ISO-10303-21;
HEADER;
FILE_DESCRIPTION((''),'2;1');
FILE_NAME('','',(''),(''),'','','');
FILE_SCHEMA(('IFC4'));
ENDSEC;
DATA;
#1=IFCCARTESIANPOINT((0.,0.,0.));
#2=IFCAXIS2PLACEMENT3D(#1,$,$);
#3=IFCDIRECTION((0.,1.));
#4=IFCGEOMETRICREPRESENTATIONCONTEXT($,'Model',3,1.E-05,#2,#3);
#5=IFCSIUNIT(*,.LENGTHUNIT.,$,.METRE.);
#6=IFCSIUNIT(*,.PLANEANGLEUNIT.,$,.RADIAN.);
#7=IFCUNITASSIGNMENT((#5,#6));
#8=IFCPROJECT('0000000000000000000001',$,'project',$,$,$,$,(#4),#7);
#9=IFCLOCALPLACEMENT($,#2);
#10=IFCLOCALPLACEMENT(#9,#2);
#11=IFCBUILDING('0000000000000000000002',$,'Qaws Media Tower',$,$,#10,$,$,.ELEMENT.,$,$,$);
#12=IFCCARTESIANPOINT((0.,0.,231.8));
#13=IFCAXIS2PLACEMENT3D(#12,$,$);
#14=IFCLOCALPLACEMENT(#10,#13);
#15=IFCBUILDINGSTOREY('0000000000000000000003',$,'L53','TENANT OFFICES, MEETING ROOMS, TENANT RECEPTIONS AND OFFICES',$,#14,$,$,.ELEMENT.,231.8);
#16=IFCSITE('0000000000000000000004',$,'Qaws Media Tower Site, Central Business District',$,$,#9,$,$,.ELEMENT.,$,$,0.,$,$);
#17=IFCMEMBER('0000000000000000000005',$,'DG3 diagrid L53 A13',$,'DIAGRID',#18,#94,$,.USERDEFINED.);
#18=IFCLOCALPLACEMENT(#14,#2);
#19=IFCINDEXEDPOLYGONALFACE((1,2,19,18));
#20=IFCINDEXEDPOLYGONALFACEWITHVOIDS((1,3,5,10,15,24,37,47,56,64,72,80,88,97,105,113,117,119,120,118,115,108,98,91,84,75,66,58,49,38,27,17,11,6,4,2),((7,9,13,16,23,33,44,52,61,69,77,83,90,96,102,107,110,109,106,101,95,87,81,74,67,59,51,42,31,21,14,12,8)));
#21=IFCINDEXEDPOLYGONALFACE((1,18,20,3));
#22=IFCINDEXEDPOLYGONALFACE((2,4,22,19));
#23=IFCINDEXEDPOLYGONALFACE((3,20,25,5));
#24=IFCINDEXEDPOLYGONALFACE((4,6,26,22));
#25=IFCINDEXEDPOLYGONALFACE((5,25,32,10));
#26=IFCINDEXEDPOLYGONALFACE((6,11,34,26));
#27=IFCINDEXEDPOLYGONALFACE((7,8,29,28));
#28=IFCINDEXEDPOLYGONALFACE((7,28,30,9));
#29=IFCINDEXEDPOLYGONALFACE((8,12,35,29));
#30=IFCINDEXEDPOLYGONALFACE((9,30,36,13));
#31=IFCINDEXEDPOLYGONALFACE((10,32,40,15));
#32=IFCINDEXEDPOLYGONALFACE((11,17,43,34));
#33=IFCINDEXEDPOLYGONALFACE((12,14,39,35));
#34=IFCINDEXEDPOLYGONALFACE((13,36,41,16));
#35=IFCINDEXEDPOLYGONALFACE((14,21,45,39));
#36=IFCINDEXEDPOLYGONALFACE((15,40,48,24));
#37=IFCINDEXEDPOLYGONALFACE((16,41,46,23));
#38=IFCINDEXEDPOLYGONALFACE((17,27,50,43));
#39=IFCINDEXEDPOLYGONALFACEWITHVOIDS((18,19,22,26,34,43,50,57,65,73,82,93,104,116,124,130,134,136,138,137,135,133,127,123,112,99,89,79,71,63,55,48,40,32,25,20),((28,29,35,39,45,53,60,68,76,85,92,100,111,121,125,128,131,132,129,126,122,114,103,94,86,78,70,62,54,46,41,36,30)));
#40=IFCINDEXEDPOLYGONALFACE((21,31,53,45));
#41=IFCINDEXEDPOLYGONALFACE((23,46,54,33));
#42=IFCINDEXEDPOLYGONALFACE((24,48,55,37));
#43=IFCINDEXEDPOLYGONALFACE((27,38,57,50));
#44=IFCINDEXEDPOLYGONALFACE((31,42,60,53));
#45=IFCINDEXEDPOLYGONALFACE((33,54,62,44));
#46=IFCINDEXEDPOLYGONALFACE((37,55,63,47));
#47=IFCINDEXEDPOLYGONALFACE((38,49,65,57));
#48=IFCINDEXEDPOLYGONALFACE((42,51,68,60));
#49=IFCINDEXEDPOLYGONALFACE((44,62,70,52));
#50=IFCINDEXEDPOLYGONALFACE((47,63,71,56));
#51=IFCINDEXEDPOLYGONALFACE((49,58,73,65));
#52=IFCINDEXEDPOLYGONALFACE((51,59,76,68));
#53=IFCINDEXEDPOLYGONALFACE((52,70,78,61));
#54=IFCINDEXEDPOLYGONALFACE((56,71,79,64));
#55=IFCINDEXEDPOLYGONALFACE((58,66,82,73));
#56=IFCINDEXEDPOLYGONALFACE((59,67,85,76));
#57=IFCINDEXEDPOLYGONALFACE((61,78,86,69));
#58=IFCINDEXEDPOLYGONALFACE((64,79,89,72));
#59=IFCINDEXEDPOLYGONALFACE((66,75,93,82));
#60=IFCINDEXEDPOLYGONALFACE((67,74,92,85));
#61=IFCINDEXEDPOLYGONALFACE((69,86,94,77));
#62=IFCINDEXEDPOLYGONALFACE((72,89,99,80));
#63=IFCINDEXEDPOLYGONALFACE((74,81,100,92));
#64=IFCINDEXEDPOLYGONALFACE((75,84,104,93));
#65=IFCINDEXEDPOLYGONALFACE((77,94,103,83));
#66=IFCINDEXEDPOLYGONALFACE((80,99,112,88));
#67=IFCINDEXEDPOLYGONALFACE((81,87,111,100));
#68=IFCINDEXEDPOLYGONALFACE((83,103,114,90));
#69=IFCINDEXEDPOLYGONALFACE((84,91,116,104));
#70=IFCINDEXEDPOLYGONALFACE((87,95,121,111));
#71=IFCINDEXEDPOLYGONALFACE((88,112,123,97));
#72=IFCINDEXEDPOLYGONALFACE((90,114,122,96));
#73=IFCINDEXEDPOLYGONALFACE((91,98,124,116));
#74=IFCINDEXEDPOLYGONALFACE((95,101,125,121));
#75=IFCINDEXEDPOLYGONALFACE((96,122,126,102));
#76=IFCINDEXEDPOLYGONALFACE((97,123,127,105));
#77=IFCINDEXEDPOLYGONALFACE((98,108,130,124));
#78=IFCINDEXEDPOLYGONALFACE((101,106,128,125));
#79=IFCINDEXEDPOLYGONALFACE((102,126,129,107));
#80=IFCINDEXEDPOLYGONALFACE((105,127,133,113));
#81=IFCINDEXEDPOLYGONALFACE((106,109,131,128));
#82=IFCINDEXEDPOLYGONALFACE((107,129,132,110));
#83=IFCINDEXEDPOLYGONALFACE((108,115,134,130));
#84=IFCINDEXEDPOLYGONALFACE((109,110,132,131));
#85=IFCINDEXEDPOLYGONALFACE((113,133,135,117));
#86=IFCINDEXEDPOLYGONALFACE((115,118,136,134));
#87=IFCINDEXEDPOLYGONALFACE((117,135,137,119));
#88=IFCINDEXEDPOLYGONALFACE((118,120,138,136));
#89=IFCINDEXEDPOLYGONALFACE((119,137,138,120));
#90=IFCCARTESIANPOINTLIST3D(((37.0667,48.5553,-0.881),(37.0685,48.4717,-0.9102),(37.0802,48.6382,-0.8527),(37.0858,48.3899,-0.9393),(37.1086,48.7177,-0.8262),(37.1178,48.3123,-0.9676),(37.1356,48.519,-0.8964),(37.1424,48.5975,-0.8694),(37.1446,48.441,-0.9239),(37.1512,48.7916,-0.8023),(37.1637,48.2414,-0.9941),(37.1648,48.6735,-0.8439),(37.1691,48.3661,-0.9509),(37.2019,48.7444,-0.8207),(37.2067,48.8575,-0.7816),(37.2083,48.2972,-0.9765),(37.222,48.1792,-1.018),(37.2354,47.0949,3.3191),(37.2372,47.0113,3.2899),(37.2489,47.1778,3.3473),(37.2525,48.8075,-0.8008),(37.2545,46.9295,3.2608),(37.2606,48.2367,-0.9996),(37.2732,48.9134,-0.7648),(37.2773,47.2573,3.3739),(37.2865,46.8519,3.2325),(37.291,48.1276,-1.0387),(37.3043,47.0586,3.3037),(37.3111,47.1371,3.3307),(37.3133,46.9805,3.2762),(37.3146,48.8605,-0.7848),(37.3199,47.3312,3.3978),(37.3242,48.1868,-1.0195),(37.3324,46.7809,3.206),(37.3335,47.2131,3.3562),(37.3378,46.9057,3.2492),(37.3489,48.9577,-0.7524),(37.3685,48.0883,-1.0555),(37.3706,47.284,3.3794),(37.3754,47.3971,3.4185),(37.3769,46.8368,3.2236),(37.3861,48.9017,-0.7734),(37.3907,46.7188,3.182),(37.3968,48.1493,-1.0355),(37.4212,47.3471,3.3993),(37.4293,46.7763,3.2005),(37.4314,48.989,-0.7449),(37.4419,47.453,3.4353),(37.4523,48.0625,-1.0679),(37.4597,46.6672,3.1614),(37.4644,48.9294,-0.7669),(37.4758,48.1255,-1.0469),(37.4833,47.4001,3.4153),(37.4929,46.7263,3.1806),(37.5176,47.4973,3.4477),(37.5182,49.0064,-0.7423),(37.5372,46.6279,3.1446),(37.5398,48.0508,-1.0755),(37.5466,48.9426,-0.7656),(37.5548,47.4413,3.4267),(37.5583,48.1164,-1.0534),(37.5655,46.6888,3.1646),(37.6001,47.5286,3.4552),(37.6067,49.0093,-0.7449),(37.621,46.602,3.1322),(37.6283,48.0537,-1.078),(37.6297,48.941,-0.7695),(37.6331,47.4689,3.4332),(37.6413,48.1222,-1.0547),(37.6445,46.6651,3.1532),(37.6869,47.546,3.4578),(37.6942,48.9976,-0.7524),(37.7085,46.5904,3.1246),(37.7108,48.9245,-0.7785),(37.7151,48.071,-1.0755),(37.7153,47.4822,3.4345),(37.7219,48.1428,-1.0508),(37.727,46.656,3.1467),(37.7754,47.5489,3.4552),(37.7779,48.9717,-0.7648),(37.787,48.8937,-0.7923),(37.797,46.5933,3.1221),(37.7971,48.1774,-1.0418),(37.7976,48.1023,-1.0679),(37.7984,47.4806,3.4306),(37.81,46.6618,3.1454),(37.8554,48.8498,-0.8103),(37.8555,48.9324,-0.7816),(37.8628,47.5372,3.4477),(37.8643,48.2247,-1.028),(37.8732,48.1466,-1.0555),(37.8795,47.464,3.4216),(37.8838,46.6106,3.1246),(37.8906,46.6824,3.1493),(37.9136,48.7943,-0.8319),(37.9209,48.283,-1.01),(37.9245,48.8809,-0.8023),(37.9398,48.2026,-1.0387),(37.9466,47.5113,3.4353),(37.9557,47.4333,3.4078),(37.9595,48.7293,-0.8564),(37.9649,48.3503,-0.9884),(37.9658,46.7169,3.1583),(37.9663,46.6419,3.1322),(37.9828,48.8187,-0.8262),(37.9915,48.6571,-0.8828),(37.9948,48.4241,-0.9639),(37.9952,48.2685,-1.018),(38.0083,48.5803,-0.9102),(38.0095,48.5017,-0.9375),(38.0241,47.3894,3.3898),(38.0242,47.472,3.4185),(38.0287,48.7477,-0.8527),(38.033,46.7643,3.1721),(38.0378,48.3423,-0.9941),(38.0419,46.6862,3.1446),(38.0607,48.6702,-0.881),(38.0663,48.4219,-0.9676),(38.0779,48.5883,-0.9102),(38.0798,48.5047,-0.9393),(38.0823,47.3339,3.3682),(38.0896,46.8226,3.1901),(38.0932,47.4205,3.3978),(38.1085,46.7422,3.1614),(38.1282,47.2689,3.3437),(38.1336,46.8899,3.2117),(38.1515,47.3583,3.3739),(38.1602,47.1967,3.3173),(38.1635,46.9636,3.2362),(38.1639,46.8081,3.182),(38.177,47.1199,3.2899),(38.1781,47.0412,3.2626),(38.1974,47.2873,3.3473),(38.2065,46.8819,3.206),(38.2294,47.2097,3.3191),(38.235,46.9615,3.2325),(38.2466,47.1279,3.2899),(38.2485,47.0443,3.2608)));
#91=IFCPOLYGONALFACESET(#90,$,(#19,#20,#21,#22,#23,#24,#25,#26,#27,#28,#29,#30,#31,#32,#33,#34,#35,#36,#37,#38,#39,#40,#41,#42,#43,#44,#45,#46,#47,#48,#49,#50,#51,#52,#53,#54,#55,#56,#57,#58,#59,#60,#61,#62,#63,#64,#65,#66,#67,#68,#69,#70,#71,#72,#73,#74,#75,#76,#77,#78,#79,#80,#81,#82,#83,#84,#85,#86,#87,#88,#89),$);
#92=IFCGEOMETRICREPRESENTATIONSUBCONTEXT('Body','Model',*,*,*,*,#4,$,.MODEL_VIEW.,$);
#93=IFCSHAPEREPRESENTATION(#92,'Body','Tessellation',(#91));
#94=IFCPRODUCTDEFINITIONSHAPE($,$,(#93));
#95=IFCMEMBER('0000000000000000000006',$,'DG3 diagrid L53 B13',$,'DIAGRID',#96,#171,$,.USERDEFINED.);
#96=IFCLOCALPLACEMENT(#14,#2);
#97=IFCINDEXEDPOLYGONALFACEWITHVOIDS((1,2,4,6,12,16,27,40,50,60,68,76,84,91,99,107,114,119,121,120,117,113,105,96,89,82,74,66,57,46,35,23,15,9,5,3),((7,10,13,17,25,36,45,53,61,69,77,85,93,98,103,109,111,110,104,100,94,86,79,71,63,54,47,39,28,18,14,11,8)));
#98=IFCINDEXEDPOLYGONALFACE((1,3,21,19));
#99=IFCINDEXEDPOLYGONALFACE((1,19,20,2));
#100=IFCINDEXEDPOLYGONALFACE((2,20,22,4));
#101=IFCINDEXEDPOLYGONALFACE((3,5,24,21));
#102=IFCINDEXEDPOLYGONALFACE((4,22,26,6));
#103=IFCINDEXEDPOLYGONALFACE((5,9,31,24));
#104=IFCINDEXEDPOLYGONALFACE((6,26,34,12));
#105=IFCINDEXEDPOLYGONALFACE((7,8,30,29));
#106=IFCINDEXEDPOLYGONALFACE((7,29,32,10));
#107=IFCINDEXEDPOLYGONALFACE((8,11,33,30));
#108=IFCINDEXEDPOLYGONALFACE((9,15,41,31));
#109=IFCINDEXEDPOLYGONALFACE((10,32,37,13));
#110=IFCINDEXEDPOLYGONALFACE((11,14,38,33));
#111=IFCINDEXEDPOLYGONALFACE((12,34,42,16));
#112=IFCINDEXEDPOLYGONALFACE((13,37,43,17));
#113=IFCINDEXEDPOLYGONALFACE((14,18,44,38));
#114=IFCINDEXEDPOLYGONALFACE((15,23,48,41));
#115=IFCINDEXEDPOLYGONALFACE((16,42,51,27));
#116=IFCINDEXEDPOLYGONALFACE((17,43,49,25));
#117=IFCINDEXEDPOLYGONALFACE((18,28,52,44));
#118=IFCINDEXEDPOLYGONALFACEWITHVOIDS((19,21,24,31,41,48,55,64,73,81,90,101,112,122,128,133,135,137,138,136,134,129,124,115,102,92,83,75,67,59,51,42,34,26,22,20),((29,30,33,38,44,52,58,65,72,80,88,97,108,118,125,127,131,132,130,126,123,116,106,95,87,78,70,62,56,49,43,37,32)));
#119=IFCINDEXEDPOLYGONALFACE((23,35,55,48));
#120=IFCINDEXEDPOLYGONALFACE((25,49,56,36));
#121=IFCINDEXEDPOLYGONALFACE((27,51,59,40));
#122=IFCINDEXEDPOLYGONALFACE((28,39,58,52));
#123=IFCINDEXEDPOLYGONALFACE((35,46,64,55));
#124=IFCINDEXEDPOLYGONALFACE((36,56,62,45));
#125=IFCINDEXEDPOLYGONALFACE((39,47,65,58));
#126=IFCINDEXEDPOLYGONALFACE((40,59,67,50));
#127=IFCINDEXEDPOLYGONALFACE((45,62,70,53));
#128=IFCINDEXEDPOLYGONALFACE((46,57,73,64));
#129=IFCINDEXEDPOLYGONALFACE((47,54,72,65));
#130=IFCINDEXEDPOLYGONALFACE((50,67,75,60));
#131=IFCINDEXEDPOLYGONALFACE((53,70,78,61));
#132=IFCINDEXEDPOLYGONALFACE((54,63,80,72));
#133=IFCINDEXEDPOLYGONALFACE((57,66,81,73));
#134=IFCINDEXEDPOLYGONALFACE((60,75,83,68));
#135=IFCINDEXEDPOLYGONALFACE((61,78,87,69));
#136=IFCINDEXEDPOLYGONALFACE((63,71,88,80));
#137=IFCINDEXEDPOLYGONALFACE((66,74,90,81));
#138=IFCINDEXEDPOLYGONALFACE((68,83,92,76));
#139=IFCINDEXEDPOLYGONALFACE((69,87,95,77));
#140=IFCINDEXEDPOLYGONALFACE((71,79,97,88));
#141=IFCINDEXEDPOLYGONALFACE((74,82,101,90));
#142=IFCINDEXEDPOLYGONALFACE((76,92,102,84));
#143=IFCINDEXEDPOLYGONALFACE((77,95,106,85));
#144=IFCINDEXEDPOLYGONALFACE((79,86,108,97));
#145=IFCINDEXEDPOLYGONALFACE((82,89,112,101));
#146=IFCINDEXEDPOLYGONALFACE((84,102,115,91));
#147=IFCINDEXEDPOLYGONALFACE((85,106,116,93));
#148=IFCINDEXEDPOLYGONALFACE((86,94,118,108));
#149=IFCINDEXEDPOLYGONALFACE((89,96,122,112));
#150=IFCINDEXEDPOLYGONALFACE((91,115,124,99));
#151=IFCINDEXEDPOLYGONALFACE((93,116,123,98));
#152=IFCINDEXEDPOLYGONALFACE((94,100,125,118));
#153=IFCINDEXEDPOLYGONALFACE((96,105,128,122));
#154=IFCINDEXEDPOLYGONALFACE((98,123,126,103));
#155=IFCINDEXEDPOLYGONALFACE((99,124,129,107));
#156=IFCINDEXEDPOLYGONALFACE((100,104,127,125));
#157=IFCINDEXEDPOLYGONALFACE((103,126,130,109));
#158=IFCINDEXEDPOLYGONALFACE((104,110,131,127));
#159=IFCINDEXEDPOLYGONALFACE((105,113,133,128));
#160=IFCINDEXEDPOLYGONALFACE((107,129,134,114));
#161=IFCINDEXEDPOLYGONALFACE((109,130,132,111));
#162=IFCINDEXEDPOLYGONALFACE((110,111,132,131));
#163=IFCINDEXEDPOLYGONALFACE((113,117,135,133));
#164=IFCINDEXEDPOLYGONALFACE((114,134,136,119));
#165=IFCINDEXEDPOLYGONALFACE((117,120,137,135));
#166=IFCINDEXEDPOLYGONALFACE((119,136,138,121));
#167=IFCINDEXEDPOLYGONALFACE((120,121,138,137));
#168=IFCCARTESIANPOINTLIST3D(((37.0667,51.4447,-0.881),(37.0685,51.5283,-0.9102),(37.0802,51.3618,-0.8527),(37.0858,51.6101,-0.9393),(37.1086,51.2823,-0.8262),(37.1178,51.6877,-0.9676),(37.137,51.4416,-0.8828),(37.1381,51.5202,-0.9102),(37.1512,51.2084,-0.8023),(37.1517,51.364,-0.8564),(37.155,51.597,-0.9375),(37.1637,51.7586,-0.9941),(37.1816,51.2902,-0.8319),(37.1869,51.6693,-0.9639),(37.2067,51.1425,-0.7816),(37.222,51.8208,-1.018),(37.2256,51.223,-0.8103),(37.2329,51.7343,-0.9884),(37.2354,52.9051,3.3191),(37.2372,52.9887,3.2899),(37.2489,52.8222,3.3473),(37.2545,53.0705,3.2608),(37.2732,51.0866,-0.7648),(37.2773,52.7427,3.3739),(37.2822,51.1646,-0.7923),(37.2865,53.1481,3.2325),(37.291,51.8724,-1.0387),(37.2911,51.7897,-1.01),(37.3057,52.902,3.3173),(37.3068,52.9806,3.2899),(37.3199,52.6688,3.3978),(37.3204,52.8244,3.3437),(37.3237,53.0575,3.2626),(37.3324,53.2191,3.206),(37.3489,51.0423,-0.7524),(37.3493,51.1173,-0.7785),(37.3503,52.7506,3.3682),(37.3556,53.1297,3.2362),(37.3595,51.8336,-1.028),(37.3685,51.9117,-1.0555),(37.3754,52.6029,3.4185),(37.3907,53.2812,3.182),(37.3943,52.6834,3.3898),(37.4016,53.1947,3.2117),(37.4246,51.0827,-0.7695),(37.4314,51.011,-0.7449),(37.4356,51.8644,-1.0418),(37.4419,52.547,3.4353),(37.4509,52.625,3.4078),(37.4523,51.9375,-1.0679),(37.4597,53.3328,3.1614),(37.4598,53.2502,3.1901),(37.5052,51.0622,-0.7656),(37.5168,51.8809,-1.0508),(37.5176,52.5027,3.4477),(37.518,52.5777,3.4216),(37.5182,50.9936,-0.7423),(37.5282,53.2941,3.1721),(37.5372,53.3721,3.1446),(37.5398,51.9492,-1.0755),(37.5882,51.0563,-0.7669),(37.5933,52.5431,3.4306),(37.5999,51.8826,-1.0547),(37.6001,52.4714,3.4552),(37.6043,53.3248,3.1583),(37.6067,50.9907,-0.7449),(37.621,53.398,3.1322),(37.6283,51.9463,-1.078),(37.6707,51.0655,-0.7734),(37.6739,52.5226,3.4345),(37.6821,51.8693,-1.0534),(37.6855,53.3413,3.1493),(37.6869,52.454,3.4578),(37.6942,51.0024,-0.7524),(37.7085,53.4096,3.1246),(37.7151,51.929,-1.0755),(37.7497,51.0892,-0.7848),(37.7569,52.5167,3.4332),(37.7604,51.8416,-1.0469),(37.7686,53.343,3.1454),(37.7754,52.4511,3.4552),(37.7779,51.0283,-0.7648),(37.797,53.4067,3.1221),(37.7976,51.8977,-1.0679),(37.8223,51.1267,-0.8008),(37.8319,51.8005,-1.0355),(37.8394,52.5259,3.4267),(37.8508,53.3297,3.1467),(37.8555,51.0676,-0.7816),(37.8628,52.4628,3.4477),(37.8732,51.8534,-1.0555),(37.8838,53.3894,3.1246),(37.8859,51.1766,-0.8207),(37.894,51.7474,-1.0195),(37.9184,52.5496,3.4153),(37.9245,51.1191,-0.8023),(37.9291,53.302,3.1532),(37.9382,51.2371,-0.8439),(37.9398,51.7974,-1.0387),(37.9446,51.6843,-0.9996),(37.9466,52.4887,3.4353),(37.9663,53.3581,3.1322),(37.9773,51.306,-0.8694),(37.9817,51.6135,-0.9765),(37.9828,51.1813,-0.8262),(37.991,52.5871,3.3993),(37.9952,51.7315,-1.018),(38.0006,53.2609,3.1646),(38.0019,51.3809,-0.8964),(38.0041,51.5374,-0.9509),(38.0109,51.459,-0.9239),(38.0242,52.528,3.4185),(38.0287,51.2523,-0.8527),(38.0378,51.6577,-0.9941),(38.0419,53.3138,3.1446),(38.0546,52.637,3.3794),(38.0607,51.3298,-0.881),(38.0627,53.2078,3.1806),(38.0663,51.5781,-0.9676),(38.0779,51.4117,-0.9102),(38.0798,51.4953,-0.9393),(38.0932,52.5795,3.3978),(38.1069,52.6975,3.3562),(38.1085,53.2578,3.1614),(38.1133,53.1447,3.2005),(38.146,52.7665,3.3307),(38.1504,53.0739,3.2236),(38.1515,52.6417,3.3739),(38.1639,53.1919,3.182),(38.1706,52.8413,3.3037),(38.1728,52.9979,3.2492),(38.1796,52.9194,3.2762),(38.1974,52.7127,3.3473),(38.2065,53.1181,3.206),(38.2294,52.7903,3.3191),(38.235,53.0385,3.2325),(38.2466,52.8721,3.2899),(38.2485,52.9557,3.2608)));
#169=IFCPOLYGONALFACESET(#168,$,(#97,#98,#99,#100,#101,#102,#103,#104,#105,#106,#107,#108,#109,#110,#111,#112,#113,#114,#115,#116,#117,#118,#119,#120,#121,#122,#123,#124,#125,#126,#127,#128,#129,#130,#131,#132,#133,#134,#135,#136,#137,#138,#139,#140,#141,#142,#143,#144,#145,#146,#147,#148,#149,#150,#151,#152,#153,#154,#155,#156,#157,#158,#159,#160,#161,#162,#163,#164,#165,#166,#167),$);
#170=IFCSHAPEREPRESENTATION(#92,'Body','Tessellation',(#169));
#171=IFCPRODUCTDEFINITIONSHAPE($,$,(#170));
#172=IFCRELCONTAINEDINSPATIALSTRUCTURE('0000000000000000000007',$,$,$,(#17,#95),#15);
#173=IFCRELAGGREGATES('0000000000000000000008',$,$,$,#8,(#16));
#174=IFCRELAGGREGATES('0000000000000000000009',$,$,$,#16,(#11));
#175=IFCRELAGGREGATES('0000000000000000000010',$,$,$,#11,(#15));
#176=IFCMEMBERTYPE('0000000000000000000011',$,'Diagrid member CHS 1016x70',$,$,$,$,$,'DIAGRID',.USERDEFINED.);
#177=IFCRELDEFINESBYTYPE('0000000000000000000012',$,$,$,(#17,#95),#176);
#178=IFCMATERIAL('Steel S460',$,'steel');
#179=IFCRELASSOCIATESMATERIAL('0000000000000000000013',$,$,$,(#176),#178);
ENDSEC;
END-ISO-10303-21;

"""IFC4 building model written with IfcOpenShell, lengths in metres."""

from ifc_helpers import new_model, si_unit, direction, frame, origin, origin_2d, place, context, subcontext, project, spatial, hollow_circle, extrude, material, material_profile, profile_set, type_object, element, save


model = new_model("IFC4")

# Units and contexts
model_context = context("Model", 3, precision=1e-05, world=origin(), true_north=direction((0.0, 1.0)))
body_context = subcontext(model_context, "Body", "Model", "MODEL_VIEW")
ifc_project = project(units=[si_unit("LENGTHUNIT", "METRE"), si_unit("PLANEANGLEUNIT", "RADIAN")], contexts=[model_context])

# Site, building, storey
site_placement = place(None, origin())
site = spatial("IfcSite", under=ifc_project, at=site_placement, Name="Qaws Media Tower Site, Central Business District", CompositionType="ELEMENT", RefElevation=0.0)
building_placement = place(site_placement, origin())
building = spatial("IfcBuilding", under=site, at=building_placement, Name="Qaws Media Tower", CompositionType="ELEMENT")
storey_placement = place(building_placement, frame((0.0, 0.0, 231.8)))
storey = spatial("IfcBuildingStorey", under=building, at=storey_placement, Name="L53", Description="TENANT OFFICES, MEETING ROOMS, TENANT RECEPTIONS AND OFFICES", CompositionType="ELEMENT", Elevation=231.8)

# Members
ifc_material_1 = material(Name="Steel S460", Category="steel")
ifc_material_profile_1 = material_profile(ifc_material_1, hollow_circle(Radius=0.5081, WallThickness=0.0701, at=origin_2d()), Name="CHS 1016x70")
ifc_profile_set_1 = profile_set([ifc_material_profile_1], Name="Steel S460")
member_type_1 = type_object("IfcMemberType", Name="Diagrid member CHS 1016x70", ElementType="DIAGRID", PredefinedType="USERDEFINED", material=ifc_profile_set_1)
for number, where, z_axis, x_axis, name in (
    (1, (37.5732, 48.53, -0.9102), (0.03791, -0.328187, 0.943852), (0.993394, 0.11475, 0.0), "DG3 diagrid L53 A13"),
    (2, (37.5732, 51.47, -0.9102), (0.03791, 0.328187, 0.943852), (-0.993394, 0.11475, 0.0), "DG3 diagrid L53 B13"),
):
    element("IfcMember", number, at=place(storey_placement, frame(where, z_axis=z_axis, x_axis=x_axis)), inside=storey, type_object=member_type_1, Name=name, ObjectType="DIAGRID", PredefinedType="USERDEFINED", context=body_context, shape_type="SweptSolid", body=[
        extrude(hollow_circle(Radius=0.5081, WallThickness=0.0701, at=origin_2d()), origin(), (0.0, 0.0, 1.0), 4.45),
    ])

save(model, "model.ifc")
